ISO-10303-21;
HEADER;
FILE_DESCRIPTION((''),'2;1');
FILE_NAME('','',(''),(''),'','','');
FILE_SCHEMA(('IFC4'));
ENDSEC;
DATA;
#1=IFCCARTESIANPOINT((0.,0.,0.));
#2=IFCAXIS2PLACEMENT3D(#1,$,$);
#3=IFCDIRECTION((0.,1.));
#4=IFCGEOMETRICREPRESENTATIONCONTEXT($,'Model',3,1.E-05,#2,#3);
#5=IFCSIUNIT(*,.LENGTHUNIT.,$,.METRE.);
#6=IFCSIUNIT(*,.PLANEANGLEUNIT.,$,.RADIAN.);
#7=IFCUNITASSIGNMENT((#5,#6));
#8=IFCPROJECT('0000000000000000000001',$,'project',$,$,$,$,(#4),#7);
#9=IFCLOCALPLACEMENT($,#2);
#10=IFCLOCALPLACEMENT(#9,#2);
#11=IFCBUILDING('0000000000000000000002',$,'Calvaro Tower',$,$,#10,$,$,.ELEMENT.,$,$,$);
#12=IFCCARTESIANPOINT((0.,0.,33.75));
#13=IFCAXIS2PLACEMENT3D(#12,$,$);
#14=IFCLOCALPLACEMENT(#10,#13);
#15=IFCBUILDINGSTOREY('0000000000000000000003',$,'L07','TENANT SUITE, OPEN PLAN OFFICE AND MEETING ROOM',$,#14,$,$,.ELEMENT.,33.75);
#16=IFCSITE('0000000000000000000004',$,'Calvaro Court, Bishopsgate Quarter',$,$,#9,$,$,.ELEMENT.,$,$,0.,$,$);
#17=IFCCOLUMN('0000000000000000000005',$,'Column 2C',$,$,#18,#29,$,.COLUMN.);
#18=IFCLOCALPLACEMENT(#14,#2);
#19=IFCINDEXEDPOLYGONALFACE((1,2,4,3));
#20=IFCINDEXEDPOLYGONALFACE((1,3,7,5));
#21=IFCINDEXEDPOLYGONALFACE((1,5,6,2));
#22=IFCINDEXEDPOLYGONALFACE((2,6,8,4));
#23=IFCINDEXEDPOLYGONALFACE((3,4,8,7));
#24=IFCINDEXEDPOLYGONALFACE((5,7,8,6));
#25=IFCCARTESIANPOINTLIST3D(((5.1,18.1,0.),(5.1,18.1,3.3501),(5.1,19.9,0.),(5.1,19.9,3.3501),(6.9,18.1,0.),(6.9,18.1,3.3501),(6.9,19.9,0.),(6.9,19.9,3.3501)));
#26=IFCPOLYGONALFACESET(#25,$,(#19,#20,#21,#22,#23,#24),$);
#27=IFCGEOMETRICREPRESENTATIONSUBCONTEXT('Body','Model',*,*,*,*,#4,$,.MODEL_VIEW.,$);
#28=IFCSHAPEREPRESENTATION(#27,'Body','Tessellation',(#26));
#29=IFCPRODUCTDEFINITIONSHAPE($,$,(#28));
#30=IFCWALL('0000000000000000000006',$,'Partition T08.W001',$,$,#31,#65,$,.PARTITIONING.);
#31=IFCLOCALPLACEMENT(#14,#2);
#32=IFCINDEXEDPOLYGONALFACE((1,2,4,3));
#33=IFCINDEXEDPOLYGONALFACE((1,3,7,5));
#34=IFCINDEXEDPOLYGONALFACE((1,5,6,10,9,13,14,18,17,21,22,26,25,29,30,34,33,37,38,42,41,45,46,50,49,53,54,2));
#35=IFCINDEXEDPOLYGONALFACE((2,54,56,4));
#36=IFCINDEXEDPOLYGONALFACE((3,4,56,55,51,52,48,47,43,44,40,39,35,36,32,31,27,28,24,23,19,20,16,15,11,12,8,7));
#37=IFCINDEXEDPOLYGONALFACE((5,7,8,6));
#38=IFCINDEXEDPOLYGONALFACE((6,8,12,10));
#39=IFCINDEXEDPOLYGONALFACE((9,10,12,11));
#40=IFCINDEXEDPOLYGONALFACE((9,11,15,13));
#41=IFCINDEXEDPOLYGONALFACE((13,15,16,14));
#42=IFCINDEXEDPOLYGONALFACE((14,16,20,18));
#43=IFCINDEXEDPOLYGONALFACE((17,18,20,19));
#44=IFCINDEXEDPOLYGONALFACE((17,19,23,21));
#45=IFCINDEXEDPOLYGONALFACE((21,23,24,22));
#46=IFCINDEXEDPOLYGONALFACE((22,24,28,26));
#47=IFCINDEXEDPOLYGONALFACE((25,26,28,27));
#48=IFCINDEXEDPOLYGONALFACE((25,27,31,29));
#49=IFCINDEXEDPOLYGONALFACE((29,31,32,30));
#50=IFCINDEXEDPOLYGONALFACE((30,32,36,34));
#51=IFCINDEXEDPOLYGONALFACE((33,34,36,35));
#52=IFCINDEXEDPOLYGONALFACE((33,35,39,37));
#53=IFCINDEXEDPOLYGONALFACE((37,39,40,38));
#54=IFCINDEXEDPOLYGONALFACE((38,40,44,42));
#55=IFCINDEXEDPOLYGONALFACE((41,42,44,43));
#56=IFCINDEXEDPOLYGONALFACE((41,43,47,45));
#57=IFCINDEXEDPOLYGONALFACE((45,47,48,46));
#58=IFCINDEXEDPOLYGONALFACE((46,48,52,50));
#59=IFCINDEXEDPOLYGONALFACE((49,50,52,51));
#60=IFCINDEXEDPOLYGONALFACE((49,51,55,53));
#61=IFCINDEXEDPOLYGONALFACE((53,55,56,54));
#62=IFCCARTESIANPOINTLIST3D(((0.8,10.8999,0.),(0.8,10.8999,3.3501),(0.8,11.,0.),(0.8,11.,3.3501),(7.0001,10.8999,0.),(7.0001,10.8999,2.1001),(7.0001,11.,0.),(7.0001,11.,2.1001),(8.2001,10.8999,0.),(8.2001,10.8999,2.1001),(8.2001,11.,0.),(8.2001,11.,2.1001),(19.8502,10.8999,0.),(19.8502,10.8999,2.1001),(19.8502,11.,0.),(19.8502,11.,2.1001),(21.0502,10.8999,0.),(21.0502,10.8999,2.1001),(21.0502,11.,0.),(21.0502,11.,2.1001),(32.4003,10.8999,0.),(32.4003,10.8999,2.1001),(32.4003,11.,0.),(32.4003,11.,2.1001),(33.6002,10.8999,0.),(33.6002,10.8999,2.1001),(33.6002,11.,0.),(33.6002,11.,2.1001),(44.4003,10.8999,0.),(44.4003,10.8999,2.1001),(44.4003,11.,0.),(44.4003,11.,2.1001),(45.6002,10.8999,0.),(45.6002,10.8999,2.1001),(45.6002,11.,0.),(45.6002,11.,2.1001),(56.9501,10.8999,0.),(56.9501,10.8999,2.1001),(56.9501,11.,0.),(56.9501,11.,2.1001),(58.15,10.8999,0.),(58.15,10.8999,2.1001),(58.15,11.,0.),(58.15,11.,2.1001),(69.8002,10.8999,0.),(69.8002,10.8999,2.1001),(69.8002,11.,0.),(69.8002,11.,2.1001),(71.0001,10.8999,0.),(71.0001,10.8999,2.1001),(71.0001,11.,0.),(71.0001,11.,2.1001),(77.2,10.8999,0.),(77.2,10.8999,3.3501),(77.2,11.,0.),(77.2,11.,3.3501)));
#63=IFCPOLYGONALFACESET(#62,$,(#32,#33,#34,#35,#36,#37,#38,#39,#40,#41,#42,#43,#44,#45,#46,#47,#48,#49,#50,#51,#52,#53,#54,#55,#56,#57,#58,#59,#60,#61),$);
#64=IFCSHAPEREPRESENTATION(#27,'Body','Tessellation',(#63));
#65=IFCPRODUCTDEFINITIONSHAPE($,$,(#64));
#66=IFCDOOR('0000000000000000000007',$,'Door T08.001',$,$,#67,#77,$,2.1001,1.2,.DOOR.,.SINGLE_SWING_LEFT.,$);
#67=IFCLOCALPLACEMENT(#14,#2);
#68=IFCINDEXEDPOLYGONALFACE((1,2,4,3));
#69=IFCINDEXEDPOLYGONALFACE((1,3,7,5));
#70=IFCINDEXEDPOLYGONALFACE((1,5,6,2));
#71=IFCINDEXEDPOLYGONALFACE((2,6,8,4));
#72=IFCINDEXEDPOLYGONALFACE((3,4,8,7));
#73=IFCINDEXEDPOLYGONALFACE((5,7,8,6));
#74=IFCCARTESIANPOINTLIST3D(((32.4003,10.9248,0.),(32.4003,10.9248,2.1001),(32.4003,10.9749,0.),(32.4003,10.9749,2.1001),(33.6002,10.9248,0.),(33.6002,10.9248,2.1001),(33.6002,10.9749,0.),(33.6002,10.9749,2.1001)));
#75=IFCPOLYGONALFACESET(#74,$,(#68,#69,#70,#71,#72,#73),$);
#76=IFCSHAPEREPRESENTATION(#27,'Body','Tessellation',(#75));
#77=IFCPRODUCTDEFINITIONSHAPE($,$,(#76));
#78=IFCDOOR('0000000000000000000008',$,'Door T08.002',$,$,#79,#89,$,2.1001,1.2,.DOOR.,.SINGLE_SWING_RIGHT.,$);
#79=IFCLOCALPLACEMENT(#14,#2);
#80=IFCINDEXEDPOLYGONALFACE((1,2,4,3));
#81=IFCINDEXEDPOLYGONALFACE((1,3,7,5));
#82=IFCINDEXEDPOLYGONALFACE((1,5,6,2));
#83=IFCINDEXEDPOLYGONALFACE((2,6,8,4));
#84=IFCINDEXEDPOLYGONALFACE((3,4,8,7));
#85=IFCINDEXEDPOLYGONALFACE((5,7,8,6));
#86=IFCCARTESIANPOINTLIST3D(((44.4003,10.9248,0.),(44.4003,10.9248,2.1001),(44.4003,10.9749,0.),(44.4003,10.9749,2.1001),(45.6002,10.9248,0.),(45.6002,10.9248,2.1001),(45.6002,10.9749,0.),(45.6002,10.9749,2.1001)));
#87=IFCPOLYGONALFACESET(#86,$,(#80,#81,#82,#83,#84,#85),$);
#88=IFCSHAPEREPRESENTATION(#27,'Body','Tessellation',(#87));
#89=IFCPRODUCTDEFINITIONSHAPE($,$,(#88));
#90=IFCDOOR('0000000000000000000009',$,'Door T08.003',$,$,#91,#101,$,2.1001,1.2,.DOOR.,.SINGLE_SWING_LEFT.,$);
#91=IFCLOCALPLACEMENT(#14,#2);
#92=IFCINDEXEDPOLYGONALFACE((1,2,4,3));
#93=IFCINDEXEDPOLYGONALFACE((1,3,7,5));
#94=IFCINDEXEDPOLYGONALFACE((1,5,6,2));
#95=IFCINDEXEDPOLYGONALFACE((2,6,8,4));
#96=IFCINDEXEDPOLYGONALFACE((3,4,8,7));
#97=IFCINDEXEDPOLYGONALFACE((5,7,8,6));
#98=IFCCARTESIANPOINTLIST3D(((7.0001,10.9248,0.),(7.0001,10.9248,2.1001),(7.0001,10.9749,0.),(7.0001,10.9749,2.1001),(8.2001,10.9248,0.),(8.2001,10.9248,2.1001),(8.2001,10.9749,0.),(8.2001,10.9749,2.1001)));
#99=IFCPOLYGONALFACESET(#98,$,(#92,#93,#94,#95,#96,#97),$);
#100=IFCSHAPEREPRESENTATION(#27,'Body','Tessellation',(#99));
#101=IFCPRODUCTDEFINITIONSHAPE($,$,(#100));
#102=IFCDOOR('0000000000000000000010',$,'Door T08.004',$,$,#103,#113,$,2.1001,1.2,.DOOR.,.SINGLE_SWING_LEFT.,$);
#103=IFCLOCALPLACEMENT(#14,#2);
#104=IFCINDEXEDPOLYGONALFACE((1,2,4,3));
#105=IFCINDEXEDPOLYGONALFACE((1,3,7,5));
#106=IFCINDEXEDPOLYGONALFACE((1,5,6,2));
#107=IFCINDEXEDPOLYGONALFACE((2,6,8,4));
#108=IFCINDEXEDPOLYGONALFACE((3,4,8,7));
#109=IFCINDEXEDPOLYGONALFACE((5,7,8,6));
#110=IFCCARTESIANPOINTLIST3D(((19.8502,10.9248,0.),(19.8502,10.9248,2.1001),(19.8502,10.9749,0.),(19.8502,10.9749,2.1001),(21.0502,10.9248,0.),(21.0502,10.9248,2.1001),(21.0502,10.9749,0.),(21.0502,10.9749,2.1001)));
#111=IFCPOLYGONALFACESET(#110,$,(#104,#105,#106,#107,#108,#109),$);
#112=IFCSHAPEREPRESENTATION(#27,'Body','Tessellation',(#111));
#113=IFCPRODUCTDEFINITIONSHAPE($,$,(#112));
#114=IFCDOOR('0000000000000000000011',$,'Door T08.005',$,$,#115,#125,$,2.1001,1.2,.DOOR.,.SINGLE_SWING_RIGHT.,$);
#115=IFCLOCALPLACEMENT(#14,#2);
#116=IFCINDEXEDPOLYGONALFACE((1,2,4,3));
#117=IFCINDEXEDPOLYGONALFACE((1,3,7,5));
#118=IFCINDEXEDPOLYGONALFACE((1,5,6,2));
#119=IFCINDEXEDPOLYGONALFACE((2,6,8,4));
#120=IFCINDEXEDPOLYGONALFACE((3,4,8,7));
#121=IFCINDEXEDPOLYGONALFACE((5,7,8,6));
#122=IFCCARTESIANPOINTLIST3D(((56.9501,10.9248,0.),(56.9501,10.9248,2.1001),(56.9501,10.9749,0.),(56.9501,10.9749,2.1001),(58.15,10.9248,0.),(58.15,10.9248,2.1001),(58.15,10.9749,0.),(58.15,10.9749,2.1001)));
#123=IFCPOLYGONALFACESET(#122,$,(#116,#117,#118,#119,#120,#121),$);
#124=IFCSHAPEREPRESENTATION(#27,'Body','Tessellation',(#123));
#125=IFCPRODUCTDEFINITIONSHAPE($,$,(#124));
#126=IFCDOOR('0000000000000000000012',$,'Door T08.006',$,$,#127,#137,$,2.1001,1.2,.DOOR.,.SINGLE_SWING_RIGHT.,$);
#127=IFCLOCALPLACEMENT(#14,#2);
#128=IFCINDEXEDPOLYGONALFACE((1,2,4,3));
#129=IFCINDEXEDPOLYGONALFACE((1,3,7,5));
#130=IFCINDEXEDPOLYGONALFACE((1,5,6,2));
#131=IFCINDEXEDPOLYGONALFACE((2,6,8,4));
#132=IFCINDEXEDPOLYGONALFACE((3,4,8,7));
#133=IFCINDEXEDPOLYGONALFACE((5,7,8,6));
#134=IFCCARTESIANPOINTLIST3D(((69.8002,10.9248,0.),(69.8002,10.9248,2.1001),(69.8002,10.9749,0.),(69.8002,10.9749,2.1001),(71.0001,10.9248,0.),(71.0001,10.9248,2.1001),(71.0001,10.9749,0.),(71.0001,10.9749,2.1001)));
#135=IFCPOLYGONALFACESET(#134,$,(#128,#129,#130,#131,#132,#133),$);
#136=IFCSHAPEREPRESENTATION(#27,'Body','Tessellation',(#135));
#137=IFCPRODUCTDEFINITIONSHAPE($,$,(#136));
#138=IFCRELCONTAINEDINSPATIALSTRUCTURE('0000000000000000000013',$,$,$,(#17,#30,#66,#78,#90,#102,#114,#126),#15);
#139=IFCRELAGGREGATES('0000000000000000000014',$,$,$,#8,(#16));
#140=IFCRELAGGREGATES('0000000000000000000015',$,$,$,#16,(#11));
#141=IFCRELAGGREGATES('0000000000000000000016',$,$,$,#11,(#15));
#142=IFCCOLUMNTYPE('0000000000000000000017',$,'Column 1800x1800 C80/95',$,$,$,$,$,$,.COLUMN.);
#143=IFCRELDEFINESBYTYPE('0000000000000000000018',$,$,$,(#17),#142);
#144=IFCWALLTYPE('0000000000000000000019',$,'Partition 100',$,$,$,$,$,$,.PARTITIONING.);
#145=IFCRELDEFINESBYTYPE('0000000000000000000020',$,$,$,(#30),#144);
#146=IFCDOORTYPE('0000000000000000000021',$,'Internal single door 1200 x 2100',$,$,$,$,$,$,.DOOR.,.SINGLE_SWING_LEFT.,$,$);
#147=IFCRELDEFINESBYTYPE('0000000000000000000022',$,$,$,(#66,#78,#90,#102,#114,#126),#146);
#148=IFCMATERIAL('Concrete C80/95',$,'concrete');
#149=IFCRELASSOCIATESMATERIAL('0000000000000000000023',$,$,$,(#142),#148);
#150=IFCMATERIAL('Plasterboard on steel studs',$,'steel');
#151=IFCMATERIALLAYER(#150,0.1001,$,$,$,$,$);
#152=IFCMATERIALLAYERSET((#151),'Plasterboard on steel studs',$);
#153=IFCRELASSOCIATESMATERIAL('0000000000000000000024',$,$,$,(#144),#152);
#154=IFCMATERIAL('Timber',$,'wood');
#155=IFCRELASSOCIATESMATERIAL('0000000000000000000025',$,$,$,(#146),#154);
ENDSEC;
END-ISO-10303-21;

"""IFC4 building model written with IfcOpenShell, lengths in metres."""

from ifc_helpers import new_model, si_unit, direction, frame, frame_2d, origin, origin_2d, place, context, subcontext, project, spatial, rectangle, extrude, material, layer, layer_set, material_profile, profile_set, type_object, element, fill, save


model = new_model("IFC4")

# Units and contexts
model_context = context("Model", 3, precision=1e-05, world=origin(), true_north=direction((0.0, 1.0)))
body_context = subcontext(model_context, "Body", "Model", "MODEL_VIEW")
ifc_project = project(units=[si_unit("LENGTHUNIT", "METRE"), si_unit("PLANEANGLEUNIT", "RADIAN")], contexts=[model_context])

# Site, building, storey
site_placement = place(None, origin())
site = spatial("IfcSite", under=ifc_project, at=site_placement, Name="Calvaro Court, Bishopsgate Quarter", CompositionType="ELEMENT", RefElevation=0.0)
building_placement = place(site_placement, origin())
building = spatial("IfcBuilding", under=site, at=building_placement, Name="Calvaro Tower", CompositionType="ELEMENT")
storey_placement = place(building_placement, frame((0.0, 0.0, 33.75)))
storey = spatial("IfcBuildingStorey", under=building, at=storey_placement, Name="L07", Description="TENANT SUITE, OPEN PLAN OFFICE AND MEETING ROOM", CompositionType="ELEMENT", Elevation=33.75)

# Column
ifc_material_1 = material(Name="Concrete C80/95", Category="concrete")
ifc_material_profile = material_profile(ifc_material_1, rectangle(XDim=1.8, YDim=1.8, at=origin_2d()), Name="RC 1800x1800")
ifc_profile_set = profile_set([ifc_material_profile], Name="Concrete C80/95")
column_type = type_object("IfcColumnType", Name="Column 1800x1800 C80/95", PredefinedType="COLUMN", material=ifc_profile_set)
column_placement = place(storey_placement, frame((6.0, 19.0, 0.0), z_axis=(0.0, 0.0, 1.0), x_axis=(1.0, 0.0, 0.0)))
element("IfcColumn", 1, at=column_placement, inside=storey, type_object=column_type, Name="Column 2C", PredefinedType="COLUMN", context=body_context, shape_type="SweptSolid", body=[
    extrude(rectangle(XDim=1.8, YDim=1.8, at=origin_2d()), origin(), (0.0, 0.0, 1.0), 3.3501),
])

# Wall, openings, doors
ifc_material_2 = material(Name="Plasterboard on steel studs", Category="steel")
ifc_layer = layer(ifc_material_2, 0.1001)
ifc_layer_set = layer_set([ifc_layer], Name="Plasterboard on steel studs")
wall_type = type_object("IfcWallType", Name="Partition 100", PredefinedType="PARTITIONING", material=ifc_layer_set)
wall_1_placement = place(storey_placement, frame((0.8, 10.95, 0.0), z_axis=(0.0, 0.0, 1.0), x_axis=(1.0, 0.0, 0.0)))
wall_1 = element("IfcWall", 2, at=wall_1_placement, inside=storey, type_object=wall_type, Name="Partition T08.W001", PredefinedType="PARTITIONING", context=body_context, shape_type="SweptSolid", body=[
    extrude(rectangle(XDim=76.3999, YDim=0.1001, at=frame_2d((38.2, 0.0))), origin(), (0.0, 0.0, 1.0), 3.3501),
])
opening_1_placement = place(wall_1_placement, frame((31.6001, 0.0, 0.0)))
opening_1 = element("IfcOpeningElement", 3, at=opening_1_placement, cuts=wall_1, PredefinedType="OPENING", context=body_context, shape_type="SweptSolid", body=[
    extrude(rectangle(XDim=1.2, YDim=2.1001, at=frame_2d((0.6001, 1.05))), frame((0.0, 0.0601, 0.0), z_axis=(0.0, -1.0, 0.0), x_axis=(1.0, 0.0, 0.0)), (0.0, 0.0, 1.0), 0.1201),
])
opening_2_placement = place(wall_1_placement, frame((43.6001, 0.0, 0.0)))
opening_2 = element("IfcOpeningElement", 4, at=opening_2_placement, cuts=wall_1, PredefinedType="OPENING", context=body_context, shape_type="SweptSolid", body=[
    extrude(rectangle(XDim=1.2, YDim=2.1001, at=frame_2d((0.6001, 1.05))), frame((0.0, 0.0601, 0.0), z_axis=(0.0, -1.0, 0.0), x_axis=(1.0, 0.0, 0.0)), (0.0, 0.0, 1.0), 0.1201),
])
opening_3_placement = place(wall_1_placement, frame((6.2, 0.0, 0.0)))
opening_3 = element("IfcOpeningElement", 5, at=opening_3_placement, cuts=wall_1, PredefinedType="OPENING", context=body_context, shape_type="SweptSolid", body=[
    extrude(rectangle(XDim=1.2, YDim=2.1001, at=frame_2d((0.6001, 1.05))), frame((0.0, 0.0601, 0.0), z_axis=(0.0, -1.0, 0.0), x_axis=(1.0, 0.0, 0.0)), (0.0, 0.0, 1.0), 0.1201),
])
opening_4_placement = place(wall_1_placement, frame((19.05, 0.0, 0.0)))
opening_4 = element("IfcOpeningElement", 6, at=opening_4_placement, cuts=wall_1, PredefinedType="OPENING", context=body_context, shape_type="SweptSolid", body=[
    extrude(rectangle(XDim=1.2, YDim=2.1001, at=frame_2d((0.6001, 1.05))), frame((0.0, 0.0601, 0.0), z_axis=(0.0, -1.0, 0.0), x_axis=(1.0, 0.0, 0.0)), (0.0, 0.0, 1.0), 0.1201),
])
opening_5_placement = place(wall_1_placement, frame((56.1499, 0.0, 0.0)))
opening_5 = element("IfcOpeningElement", 7, at=opening_5_placement, cuts=wall_1, PredefinedType="OPENING", context=body_context, shape_type="SweptSolid", body=[
    extrude(rectangle(XDim=1.2, YDim=2.1001, at=frame_2d((0.6001, 1.05))), frame((0.0, 0.0601, 0.0), z_axis=(0.0, -1.0, 0.0), x_axis=(1.0, 0.0, 0.0)), (0.0, 0.0, 1.0), 0.1201),
])
opening_6_placement = place(wall_1_placement, frame((69.0, 0.0, 0.0)))
opening_6 = element("IfcOpeningElement", 8, at=opening_6_placement, cuts=wall_1, PredefinedType="OPENING", context=body_context, shape_type="SweptSolid", body=[
    extrude(rectangle(XDim=1.2, YDim=2.1001, at=frame_2d((0.6001, 1.05))), frame((0.0, 0.0601, 0.0), z_axis=(0.0, -1.0, 0.0), x_axis=(1.0, 0.0, 0.0)), (0.0, 0.0, 1.0), 0.1201),
])
ifc_material_3 = material(Name="Timber", Category="wood")
door_type_1 = type_object("IfcDoorType", Name="Internal single door 1200 x 2100", OperationType="SINGLE_SWING_LEFT", PredefinedType="DOOR", material=ifc_material_3)
door_1_placement = place(opening_1_placement, origin())
door_1 = element("IfcDoor", 9, at=door_1_placement, inside=storey, type_object=door_type_1, Name="Door T08.001", OperationType="SINGLE_SWING_LEFT", OverallHeight=2.1001, OverallWidth=1.2, PredefinedType="DOOR", context=body_context, shape_type="SweptSolid", body=[
    extrude(rectangle(XDim=1.2, YDim=2.1001, at=frame_2d((0.6001, 1.05))), frame((0.0, 0.0249, 0.0), z_axis=(0.0, -1.0, 0.0), x_axis=(1.0, 0.0, 0.0)), (0.0, 0.0, 1.0), 0.05),
])
fill(opening_1, door_1)
door_2_placement = place(opening_2_placement, origin())
door_2 = element("IfcDoor", 10, at=door_2_placement, inside=storey, type_object=door_type_1, Name="Door T08.002", OperationType="SINGLE_SWING_RIGHT", OverallHeight=2.1001, OverallWidth=1.2, PredefinedType="DOOR", context=body_context, shape_type="SweptSolid", body=[
    extrude(rectangle(XDim=1.2, YDim=2.1001, at=frame_2d((0.6001, 1.05))), frame((0.0, 0.0249, 0.0), z_axis=(0.0, -1.0, 0.0), x_axis=(1.0, 0.0, 0.0)), (0.0, 0.0, 1.0), 0.05),
])
fill(opening_2, door_2)
door_3_placement = place(opening_3_placement, origin())
door_3 = element("IfcDoor", 11, at=door_3_placement, inside=storey, type_object=door_type_1, Name="Door T08.003", OperationType="SINGLE_SWING_LEFT", OverallHeight=2.1001, OverallWidth=1.2, PredefinedType="DOOR", context=body_context, shape_type="SweptSolid", body=[
    extrude(rectangle(XDim=1.2, YDim=2.1001, at=frame_2d((0.6001, 1.05))), frame((0.0, 0.0249, 0.0), z_axis=(0.0, -1.0, 0.0), x_axis=(1.0, 0.0, 0.0)), (0.0, 0.0, 1.0), 0.05),
])
fill(opening_3, door_3)
door_4_placement = place(opening_4_placement, origin())
door_4 = element("IfcDoor", 12, at=door_4_placement, inside=storey, type_object=door_type_1, Name="Door T08.004", OperationType="SINGLE_SWING_LEFT", OverallHeight=2.1001, OverallWidth=1.2, PredefinedType="DOOR", context=body_context, shape_type="SweptSolid", body=[
    extrude(rectangle(XDim=1.2, YDim=2.1001, at=frame_2d((0.6001, 1.05))), frame((0.0, 0.0249, 0.0), z_axis=(0.0, -1.0, 0.0), x_axis=(1.0, 0.0, 0.0)), (0.0, 0.0, 1.0), 0.05),
])
fill(opening_4, door_4)
door_5_placement = place(opening_5_placement, origin())
door_5 = element("IfcDoor", 13, at=door_5_placement, inside=storey, type_object=door_type_1, Name="Door T08.005", OperationType="SINGLE_SWING_RIGHT", OverallHeight=2.1001, OverallWidth=1.2, PredefinedType="DOOR", context=body_context, shape_type="SweptSolid", body=[
    extrude(rectangle(XDim=1.2, YDim=2.1001, at=frame_2d((0.6001, 1.05))), frame((0.0, 0.0249, 0.0), z_axis=(0.0, -1.0, 0.0), x_axis=(1.0, 0.0, 0.0)), (0.0, 0.0, 1.0), 0.05),
])
fill(opening_5, door_5)
door_6_placement = place(opening_6_placement, origin())
door_6 = element("IfcDoor", 14, at=door_6_placement, inside=storey, type_object=door_type_1, Name="Door T08.006", OperationType="SINGLE_SWING_RIGHT", OverallHeight=2.1001, OverallWidth=1.2, PredefinedType="DOOR", context=body_context, shape_type="SweptSolid", body=[
    extrude(rectangle(XDim=1.2, YDim=2.1001, at=frame_2d((0.6001, 1.05))), frame((0.0, 0.0249, 0.0), z_axis=(0.0, -1.0, 0.0), x_axis=(1.0, 0.0, 0.0)), (0.0, 0.0, 1.0), 0.05),
])
fill(opening_6, door_6)

save(model, "model.ifc")
